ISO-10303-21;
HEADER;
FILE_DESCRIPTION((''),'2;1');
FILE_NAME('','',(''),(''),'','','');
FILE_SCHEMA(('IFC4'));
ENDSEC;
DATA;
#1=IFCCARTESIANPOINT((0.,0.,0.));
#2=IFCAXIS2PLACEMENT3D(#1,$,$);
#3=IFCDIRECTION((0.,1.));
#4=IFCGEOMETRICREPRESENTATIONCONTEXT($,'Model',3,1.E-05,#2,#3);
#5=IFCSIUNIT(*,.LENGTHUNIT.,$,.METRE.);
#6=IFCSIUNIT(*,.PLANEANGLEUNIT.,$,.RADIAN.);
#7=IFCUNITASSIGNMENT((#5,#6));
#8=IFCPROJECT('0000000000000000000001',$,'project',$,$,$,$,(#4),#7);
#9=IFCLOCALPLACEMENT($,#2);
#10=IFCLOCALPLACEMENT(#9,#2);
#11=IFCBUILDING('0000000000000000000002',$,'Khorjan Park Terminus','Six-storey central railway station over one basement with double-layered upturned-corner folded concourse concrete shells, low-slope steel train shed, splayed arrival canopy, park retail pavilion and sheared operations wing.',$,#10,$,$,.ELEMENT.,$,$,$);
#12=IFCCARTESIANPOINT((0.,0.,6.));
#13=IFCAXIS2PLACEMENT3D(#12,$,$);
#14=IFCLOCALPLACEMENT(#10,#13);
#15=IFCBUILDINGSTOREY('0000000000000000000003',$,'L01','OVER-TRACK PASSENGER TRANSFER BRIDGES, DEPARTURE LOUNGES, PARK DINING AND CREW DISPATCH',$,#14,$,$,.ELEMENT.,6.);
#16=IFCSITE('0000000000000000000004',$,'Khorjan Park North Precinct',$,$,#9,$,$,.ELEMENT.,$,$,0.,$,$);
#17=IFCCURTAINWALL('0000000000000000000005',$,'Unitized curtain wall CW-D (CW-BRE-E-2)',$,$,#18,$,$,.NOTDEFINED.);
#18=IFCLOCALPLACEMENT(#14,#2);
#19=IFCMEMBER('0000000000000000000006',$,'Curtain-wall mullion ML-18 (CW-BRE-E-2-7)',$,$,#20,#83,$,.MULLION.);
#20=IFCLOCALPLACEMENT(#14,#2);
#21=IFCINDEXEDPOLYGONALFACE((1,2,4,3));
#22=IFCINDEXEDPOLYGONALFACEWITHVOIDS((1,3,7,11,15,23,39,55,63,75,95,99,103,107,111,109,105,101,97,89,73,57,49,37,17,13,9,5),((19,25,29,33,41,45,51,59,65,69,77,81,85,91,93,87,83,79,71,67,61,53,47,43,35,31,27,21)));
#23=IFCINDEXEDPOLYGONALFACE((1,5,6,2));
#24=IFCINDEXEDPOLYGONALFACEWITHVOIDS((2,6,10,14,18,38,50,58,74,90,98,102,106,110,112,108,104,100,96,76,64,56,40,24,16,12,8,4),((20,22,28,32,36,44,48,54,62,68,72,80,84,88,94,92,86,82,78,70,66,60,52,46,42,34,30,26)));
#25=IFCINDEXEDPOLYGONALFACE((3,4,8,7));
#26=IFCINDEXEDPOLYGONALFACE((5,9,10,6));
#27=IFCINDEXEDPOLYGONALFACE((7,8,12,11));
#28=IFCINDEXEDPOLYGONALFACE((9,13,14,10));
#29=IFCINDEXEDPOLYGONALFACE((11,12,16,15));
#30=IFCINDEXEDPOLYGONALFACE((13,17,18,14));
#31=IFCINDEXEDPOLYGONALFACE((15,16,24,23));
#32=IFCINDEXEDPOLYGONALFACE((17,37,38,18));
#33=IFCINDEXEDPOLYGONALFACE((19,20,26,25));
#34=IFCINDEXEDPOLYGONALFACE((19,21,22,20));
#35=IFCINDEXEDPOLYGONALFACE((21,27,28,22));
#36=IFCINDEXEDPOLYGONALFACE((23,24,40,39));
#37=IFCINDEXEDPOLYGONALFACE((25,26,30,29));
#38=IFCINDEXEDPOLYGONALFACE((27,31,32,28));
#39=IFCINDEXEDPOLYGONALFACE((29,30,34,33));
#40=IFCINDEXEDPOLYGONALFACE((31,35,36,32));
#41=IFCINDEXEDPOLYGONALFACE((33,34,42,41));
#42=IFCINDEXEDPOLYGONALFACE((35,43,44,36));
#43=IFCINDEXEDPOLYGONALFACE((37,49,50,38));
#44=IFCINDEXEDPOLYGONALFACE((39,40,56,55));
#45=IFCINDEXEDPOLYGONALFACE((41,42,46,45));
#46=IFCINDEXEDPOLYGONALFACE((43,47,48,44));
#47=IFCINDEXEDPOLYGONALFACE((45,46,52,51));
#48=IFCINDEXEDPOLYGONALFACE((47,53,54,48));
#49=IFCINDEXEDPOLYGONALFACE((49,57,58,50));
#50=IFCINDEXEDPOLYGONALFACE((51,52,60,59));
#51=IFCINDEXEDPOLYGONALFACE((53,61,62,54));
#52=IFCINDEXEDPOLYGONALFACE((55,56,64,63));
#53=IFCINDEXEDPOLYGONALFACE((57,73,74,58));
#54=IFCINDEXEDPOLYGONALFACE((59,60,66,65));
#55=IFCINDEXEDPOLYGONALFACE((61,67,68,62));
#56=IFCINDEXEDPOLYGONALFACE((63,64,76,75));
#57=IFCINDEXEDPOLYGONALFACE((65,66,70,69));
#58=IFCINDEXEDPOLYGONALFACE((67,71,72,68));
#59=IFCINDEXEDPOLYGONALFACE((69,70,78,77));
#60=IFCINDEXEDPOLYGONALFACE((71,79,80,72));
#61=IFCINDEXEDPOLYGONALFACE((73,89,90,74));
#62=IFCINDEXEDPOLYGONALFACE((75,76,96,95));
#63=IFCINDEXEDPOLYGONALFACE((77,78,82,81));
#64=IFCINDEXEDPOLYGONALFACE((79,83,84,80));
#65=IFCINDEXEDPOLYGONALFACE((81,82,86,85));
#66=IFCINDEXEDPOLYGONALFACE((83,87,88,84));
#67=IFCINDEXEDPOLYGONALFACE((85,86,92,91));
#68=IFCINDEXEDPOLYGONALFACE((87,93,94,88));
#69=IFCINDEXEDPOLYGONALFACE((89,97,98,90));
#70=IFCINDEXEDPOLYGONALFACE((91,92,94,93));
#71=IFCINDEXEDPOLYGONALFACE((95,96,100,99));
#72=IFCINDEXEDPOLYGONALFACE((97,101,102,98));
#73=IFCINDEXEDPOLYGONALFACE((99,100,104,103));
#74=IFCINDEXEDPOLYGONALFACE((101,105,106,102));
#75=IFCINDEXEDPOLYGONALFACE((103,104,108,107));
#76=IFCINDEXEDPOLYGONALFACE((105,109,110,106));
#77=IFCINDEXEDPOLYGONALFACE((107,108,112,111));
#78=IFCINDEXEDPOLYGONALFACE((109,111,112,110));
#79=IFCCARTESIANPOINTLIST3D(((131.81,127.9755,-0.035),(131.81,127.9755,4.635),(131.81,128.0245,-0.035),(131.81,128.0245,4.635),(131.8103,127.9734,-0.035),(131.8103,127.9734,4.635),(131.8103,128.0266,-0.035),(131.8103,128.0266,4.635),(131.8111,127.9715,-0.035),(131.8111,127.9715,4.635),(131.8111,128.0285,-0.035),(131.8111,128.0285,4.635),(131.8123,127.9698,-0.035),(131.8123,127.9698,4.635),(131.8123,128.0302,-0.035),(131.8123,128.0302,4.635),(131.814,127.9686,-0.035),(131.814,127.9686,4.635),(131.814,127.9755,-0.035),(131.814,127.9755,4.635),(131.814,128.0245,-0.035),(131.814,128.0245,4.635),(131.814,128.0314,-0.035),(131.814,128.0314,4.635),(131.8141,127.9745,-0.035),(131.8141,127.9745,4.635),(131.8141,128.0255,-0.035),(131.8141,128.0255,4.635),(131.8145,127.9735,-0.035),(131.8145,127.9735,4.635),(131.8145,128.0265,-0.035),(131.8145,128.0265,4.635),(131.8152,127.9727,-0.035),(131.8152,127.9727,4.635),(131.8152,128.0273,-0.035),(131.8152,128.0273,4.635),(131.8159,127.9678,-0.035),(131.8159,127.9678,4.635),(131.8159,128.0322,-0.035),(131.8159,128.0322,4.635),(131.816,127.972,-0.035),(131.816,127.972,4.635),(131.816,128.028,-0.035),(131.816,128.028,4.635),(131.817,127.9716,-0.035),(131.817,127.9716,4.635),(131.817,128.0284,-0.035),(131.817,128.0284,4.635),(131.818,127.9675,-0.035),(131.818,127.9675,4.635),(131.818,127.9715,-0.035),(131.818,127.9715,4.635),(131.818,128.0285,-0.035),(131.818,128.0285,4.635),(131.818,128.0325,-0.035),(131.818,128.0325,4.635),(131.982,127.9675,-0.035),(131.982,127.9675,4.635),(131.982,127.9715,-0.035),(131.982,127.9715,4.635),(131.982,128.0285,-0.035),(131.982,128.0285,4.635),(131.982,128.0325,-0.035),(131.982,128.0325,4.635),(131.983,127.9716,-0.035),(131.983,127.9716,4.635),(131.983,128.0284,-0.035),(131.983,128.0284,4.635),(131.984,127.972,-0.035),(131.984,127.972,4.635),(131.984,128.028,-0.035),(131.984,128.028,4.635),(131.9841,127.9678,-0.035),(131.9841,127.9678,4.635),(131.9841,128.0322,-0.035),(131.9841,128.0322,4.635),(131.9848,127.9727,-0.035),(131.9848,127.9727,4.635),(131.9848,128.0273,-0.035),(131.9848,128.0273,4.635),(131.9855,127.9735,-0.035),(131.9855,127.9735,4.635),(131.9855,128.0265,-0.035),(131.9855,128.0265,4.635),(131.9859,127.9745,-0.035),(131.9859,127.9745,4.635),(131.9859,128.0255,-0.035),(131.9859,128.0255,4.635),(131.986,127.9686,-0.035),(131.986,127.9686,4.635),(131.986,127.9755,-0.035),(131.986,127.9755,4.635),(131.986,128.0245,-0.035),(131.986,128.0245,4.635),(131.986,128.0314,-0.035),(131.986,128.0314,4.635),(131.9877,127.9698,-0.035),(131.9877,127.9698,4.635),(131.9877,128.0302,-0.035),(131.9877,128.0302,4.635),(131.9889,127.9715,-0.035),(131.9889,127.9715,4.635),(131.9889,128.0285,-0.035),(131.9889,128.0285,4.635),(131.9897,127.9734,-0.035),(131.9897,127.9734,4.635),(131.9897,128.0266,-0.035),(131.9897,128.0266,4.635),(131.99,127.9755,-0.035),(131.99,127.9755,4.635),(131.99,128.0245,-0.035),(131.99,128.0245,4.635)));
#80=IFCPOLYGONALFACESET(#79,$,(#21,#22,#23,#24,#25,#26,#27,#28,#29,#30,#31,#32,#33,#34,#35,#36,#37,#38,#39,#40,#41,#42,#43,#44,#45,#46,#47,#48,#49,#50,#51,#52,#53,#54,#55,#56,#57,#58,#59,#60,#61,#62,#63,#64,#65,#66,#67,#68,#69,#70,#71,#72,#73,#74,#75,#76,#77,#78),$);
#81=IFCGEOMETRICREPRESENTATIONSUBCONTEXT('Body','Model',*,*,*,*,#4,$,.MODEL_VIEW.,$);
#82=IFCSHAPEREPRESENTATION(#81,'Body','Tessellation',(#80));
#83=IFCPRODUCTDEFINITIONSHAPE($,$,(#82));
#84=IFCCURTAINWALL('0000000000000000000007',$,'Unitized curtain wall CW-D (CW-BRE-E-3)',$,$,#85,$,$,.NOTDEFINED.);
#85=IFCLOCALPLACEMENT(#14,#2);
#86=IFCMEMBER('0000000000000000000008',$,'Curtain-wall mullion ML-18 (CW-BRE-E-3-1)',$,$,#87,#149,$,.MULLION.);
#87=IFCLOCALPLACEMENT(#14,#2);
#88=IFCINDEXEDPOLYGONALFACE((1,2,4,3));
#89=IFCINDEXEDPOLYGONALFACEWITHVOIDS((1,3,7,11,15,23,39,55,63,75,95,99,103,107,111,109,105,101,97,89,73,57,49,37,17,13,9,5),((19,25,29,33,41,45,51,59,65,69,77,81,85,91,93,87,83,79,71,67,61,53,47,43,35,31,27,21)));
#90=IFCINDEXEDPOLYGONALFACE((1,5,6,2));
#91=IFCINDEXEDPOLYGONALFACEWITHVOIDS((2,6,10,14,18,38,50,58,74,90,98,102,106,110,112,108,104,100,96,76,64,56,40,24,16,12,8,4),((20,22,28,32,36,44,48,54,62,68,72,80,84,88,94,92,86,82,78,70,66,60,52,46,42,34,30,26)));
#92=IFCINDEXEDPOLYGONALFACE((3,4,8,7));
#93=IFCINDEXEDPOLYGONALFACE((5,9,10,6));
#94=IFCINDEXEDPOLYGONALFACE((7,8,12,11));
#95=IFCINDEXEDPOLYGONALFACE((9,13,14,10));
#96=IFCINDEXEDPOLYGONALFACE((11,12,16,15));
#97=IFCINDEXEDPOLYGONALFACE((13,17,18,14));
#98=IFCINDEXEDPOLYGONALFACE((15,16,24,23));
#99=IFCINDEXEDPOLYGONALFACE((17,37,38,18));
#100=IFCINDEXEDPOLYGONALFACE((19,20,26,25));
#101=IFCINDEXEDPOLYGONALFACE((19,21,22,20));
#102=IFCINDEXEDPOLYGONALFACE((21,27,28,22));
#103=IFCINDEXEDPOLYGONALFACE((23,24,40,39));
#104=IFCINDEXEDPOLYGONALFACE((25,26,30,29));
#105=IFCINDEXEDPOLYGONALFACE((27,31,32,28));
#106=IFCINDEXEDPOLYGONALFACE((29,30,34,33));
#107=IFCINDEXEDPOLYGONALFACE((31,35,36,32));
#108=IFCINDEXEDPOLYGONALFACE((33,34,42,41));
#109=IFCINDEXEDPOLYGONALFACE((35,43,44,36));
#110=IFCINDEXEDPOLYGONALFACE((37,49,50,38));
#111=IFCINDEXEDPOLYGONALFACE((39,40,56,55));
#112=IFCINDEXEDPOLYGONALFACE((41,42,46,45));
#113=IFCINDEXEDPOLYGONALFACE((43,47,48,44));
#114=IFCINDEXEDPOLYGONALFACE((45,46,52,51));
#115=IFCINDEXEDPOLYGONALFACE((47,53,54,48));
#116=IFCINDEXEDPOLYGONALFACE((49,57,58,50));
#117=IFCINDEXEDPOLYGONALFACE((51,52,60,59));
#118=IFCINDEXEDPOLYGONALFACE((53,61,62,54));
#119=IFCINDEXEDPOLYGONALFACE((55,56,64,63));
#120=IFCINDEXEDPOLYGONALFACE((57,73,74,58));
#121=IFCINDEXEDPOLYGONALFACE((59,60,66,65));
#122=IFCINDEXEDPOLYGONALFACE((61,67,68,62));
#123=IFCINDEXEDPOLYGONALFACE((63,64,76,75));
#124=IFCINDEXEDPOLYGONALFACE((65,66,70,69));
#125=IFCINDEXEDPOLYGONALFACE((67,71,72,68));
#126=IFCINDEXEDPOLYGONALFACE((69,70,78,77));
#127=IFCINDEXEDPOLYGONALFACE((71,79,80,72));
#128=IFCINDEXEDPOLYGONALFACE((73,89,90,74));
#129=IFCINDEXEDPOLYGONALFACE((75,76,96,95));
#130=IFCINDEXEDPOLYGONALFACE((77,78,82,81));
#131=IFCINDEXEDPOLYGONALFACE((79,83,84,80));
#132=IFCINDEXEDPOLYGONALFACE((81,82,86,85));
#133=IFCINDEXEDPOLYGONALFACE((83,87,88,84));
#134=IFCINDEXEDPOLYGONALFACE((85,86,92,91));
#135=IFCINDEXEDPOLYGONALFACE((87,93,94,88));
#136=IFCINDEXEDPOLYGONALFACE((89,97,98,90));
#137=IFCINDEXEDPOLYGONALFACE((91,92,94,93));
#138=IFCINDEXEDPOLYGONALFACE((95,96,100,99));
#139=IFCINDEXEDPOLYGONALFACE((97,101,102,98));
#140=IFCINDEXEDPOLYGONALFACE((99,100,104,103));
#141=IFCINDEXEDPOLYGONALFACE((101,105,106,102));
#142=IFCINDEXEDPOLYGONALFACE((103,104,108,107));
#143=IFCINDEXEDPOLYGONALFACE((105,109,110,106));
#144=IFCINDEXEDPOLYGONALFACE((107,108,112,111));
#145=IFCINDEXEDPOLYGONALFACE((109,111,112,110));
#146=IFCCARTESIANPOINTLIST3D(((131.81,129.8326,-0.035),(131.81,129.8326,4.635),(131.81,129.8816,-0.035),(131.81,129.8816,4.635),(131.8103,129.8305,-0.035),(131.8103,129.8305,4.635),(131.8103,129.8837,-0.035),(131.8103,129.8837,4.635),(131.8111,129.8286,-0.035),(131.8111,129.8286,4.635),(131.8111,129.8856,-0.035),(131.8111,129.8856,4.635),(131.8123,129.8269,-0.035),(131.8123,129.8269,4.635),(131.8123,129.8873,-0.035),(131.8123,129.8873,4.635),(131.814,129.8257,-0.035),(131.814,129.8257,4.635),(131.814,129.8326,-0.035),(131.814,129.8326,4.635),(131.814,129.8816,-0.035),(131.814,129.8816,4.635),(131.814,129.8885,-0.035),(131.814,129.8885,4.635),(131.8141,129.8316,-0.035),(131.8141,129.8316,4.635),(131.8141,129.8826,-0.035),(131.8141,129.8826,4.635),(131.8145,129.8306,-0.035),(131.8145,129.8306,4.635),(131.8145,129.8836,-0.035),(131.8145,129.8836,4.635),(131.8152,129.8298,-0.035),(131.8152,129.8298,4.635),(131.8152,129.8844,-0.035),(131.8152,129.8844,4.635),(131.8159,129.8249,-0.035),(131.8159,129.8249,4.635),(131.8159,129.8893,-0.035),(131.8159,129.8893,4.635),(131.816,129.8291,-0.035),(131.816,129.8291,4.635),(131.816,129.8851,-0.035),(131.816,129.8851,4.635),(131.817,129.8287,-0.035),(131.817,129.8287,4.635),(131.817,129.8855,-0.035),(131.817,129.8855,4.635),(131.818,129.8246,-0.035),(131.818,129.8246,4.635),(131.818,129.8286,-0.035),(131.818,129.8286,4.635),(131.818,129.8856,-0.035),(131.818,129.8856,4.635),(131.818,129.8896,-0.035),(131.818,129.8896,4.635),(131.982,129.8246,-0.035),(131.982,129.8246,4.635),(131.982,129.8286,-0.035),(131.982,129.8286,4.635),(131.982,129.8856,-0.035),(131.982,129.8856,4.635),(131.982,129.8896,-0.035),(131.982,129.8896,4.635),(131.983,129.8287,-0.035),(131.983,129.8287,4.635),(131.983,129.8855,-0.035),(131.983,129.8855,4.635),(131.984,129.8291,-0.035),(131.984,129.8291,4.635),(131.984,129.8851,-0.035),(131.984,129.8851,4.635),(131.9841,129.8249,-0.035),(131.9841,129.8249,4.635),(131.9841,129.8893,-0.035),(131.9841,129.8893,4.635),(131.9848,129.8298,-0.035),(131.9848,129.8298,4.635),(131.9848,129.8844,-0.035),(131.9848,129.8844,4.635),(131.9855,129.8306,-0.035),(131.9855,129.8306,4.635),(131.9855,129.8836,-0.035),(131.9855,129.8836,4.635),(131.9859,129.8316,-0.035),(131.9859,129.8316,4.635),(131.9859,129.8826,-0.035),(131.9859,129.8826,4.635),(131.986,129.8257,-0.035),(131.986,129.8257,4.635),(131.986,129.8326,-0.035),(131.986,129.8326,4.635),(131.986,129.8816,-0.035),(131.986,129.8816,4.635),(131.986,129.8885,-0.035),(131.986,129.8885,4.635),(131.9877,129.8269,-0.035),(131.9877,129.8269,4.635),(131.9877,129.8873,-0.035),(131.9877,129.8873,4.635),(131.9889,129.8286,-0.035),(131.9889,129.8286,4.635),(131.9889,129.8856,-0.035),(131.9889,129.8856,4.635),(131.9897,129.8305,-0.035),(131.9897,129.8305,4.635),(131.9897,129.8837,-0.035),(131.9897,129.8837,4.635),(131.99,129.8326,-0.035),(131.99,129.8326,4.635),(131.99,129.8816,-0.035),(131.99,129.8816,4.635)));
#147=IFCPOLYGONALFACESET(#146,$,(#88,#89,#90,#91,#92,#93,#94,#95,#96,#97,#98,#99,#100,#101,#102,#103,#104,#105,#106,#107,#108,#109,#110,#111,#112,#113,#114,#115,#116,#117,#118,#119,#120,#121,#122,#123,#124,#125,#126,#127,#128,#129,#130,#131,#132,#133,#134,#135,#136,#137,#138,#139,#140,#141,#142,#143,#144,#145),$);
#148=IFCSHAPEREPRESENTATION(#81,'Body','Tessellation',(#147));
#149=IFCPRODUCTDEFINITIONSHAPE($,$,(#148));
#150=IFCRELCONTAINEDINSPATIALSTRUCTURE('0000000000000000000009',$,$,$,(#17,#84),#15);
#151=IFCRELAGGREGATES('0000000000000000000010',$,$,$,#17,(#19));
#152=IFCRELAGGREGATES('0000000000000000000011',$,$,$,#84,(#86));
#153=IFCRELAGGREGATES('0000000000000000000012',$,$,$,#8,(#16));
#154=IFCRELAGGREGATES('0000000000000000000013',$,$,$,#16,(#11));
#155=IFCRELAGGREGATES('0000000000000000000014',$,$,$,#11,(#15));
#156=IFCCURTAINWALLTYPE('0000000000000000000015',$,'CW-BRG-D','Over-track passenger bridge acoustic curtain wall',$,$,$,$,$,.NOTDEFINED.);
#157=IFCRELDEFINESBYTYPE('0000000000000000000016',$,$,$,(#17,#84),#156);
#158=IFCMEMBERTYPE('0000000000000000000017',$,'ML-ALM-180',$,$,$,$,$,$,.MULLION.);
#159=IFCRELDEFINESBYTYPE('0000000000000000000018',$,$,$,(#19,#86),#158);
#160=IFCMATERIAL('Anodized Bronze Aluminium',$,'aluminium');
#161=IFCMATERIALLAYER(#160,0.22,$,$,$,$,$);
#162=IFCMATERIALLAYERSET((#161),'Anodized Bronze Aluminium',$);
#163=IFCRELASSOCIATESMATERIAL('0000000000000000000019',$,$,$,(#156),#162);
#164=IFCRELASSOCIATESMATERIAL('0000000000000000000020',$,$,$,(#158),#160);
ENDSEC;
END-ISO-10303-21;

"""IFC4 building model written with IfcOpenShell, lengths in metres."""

from ifc_helpers import new_model, si_unit, direction, frame, origin, origin_2d, place, context, subcontext, project, spatial, hollow_rectangle, extrude, material, layer, layer_set, material_profile, profile_set, type_object, element, aggregate, save


model = new_model("IFC4")

# Units and contexts
model_context = context("Model", 3, precision=1e-05, world=origin(), true_north=direction((0.0, 1.0)))
body_context = subcontext(model_context, "Body", "Model", "MODEL_VIEW")
ifc_project = project(units=[si_unit("LENGTHUNIT", "METRE"), si_unit("PLANEANGLEUNIT", "RADIAN")], contexts=[model_context])

# Site, building, storey
site_placement = place(None, origin())
site = spatial("IfcSite", under=ifc_project, at=site_placement, Name="Khorjan Park North Precinct", CompositionType="ELEMENT", RefElevation=0.0)
building_placement = place(site_placement, origin())
building = spatial("IfcBuilding", under=site, at=building_placement, Name="Khorjan Park Terminus", Description="Six-storey central railway station over one basement with double-layered upturned-corner folded concourse concrete shells, low-slope steel train shed, splayed arrival canopy, park retail pavilion and sheared operations wing.", CompositionType="ELEMENT")
storey_placement = place(building_placement, frame((0.0, 0.0, 6.0)))
storey = spatial("IfcBuildingStorey", under=building, at=storey_placement, Name="L01", Description="OVER-TRACK PASSENGER TRANSFER BRIDGES, DEPARTURE LOUNGES, PARK DINING AND CREW DISPATCH", CompositionType="ELEMENT", Elevation=6.0)

# Curtain wall, member
ifc_material_1 = material(Name="Anodized Bronze Aluminium", Category="aluminium")
ifc_layer_1 = layer(ifc_material_1, 0.22)
ifc_layer_set_1 = layer_set([ifc_layer_1], Name="Anodized Bronze Aluminium")
curtain_wall_type = type_object("IfcCurtainWallType", Name="CW-BRG-D", Description="Over-track passenger bridge acoustic curtain wall", PredefinedType="NOTDEFINED", material=ifc_layer_set_1)
curtain_wall_1_placement = place(storey_placement, origin())
curtain_wall_1 = element("IfcCurtainWall", 1, at=curtain_wall_1_placement, inside=storey, type_object=curtain_wall_type, Name="Unitized curtain wall CW-D (CW-BRE-E-2)", PredefinedType="NOTDEFINED")
ifc_material_profile_1 = material_profile(ifc_material_1, hollow_rectangle(XDim=0.065, YDim=0.18, WallThickness=0.004, InnerFilletRadius=0.004, OuterFilletRadius=0.008, at=origin_2d()), Name="ALM 65x180x4")
ifc_profile_set_1 = profile_set([ifc_material_profile_1], Name="Anodized Bronze Aluminium")
member_type_1 = type_object("IfcMemberType", Name="ML-ALM-180", PredefinedType="MULLION", material=ifc_profile_set_1)
member_1_placement = place(storey_placement, frame((131.9, 128.0, -0.035), z_axis=(0.0, 0.0, 1.0), x_axis=(0.0, 1.0, 0.0)))
member_1 = element("IfcMember", 2, at=member_1_placement, type_object=member_type_1, Name="Curtain-wall mullion ML-18 (CW-BRE-E-2-7)", PredefinedType="MULLION", context=body_context, shape_type="SweptSolid", body=[
    extrude(hollow_rectangle(XDim=0.065, YDim=0.18, WallThickness=0.004, InnerFilletRadius=0.004, OuterFilletRadius=0.008, at=origin_2d()), origin(), (0.0, 0.0, 1.0), 4.67),
])

# Curtain wall, member
curtain_wall_2_placement = place(storey_placement, origin())
curtain_wall_2 = element("IfcCurtainWall", 3, at=curtain_wall_2_placement, inside=storey, type_object=curtain_wall_type, Name="Unitized curtain wall CW-D (CW-BRE-E-3)", PredefinedType="NOTDEFINED")
member_2_placement = place(storey_placement, frame((131.9, 129.8571, -0.035), z_axis=(0.0, 0.0, 1.0), x_axis=(0.0, 1.0, 0.0)))
member_2 = element("IfcMember", 4, at=member_2_placement, type_object=member_type_1, Name="Curtain-wall mullion ML-18 (CW-BRE-E-3-1)", PredefinedType="MULLION", context=body_context, shape_type="SweptSolid", body=[
    extrude(hollow_rectangle(XDim=0.065, YDim=0.18, WallThickness=0.004, InnerFilletRadius=0.004, OuterFilletRadius=0.008, at=origin_2d()), origin(), (0.0, 0.0, 1.0), 4.67),
])

aggregate(curtain_wall_1, [member_1])
aggregate(curtain_wall_2, [member_2])

save(model, "model.ifc")
